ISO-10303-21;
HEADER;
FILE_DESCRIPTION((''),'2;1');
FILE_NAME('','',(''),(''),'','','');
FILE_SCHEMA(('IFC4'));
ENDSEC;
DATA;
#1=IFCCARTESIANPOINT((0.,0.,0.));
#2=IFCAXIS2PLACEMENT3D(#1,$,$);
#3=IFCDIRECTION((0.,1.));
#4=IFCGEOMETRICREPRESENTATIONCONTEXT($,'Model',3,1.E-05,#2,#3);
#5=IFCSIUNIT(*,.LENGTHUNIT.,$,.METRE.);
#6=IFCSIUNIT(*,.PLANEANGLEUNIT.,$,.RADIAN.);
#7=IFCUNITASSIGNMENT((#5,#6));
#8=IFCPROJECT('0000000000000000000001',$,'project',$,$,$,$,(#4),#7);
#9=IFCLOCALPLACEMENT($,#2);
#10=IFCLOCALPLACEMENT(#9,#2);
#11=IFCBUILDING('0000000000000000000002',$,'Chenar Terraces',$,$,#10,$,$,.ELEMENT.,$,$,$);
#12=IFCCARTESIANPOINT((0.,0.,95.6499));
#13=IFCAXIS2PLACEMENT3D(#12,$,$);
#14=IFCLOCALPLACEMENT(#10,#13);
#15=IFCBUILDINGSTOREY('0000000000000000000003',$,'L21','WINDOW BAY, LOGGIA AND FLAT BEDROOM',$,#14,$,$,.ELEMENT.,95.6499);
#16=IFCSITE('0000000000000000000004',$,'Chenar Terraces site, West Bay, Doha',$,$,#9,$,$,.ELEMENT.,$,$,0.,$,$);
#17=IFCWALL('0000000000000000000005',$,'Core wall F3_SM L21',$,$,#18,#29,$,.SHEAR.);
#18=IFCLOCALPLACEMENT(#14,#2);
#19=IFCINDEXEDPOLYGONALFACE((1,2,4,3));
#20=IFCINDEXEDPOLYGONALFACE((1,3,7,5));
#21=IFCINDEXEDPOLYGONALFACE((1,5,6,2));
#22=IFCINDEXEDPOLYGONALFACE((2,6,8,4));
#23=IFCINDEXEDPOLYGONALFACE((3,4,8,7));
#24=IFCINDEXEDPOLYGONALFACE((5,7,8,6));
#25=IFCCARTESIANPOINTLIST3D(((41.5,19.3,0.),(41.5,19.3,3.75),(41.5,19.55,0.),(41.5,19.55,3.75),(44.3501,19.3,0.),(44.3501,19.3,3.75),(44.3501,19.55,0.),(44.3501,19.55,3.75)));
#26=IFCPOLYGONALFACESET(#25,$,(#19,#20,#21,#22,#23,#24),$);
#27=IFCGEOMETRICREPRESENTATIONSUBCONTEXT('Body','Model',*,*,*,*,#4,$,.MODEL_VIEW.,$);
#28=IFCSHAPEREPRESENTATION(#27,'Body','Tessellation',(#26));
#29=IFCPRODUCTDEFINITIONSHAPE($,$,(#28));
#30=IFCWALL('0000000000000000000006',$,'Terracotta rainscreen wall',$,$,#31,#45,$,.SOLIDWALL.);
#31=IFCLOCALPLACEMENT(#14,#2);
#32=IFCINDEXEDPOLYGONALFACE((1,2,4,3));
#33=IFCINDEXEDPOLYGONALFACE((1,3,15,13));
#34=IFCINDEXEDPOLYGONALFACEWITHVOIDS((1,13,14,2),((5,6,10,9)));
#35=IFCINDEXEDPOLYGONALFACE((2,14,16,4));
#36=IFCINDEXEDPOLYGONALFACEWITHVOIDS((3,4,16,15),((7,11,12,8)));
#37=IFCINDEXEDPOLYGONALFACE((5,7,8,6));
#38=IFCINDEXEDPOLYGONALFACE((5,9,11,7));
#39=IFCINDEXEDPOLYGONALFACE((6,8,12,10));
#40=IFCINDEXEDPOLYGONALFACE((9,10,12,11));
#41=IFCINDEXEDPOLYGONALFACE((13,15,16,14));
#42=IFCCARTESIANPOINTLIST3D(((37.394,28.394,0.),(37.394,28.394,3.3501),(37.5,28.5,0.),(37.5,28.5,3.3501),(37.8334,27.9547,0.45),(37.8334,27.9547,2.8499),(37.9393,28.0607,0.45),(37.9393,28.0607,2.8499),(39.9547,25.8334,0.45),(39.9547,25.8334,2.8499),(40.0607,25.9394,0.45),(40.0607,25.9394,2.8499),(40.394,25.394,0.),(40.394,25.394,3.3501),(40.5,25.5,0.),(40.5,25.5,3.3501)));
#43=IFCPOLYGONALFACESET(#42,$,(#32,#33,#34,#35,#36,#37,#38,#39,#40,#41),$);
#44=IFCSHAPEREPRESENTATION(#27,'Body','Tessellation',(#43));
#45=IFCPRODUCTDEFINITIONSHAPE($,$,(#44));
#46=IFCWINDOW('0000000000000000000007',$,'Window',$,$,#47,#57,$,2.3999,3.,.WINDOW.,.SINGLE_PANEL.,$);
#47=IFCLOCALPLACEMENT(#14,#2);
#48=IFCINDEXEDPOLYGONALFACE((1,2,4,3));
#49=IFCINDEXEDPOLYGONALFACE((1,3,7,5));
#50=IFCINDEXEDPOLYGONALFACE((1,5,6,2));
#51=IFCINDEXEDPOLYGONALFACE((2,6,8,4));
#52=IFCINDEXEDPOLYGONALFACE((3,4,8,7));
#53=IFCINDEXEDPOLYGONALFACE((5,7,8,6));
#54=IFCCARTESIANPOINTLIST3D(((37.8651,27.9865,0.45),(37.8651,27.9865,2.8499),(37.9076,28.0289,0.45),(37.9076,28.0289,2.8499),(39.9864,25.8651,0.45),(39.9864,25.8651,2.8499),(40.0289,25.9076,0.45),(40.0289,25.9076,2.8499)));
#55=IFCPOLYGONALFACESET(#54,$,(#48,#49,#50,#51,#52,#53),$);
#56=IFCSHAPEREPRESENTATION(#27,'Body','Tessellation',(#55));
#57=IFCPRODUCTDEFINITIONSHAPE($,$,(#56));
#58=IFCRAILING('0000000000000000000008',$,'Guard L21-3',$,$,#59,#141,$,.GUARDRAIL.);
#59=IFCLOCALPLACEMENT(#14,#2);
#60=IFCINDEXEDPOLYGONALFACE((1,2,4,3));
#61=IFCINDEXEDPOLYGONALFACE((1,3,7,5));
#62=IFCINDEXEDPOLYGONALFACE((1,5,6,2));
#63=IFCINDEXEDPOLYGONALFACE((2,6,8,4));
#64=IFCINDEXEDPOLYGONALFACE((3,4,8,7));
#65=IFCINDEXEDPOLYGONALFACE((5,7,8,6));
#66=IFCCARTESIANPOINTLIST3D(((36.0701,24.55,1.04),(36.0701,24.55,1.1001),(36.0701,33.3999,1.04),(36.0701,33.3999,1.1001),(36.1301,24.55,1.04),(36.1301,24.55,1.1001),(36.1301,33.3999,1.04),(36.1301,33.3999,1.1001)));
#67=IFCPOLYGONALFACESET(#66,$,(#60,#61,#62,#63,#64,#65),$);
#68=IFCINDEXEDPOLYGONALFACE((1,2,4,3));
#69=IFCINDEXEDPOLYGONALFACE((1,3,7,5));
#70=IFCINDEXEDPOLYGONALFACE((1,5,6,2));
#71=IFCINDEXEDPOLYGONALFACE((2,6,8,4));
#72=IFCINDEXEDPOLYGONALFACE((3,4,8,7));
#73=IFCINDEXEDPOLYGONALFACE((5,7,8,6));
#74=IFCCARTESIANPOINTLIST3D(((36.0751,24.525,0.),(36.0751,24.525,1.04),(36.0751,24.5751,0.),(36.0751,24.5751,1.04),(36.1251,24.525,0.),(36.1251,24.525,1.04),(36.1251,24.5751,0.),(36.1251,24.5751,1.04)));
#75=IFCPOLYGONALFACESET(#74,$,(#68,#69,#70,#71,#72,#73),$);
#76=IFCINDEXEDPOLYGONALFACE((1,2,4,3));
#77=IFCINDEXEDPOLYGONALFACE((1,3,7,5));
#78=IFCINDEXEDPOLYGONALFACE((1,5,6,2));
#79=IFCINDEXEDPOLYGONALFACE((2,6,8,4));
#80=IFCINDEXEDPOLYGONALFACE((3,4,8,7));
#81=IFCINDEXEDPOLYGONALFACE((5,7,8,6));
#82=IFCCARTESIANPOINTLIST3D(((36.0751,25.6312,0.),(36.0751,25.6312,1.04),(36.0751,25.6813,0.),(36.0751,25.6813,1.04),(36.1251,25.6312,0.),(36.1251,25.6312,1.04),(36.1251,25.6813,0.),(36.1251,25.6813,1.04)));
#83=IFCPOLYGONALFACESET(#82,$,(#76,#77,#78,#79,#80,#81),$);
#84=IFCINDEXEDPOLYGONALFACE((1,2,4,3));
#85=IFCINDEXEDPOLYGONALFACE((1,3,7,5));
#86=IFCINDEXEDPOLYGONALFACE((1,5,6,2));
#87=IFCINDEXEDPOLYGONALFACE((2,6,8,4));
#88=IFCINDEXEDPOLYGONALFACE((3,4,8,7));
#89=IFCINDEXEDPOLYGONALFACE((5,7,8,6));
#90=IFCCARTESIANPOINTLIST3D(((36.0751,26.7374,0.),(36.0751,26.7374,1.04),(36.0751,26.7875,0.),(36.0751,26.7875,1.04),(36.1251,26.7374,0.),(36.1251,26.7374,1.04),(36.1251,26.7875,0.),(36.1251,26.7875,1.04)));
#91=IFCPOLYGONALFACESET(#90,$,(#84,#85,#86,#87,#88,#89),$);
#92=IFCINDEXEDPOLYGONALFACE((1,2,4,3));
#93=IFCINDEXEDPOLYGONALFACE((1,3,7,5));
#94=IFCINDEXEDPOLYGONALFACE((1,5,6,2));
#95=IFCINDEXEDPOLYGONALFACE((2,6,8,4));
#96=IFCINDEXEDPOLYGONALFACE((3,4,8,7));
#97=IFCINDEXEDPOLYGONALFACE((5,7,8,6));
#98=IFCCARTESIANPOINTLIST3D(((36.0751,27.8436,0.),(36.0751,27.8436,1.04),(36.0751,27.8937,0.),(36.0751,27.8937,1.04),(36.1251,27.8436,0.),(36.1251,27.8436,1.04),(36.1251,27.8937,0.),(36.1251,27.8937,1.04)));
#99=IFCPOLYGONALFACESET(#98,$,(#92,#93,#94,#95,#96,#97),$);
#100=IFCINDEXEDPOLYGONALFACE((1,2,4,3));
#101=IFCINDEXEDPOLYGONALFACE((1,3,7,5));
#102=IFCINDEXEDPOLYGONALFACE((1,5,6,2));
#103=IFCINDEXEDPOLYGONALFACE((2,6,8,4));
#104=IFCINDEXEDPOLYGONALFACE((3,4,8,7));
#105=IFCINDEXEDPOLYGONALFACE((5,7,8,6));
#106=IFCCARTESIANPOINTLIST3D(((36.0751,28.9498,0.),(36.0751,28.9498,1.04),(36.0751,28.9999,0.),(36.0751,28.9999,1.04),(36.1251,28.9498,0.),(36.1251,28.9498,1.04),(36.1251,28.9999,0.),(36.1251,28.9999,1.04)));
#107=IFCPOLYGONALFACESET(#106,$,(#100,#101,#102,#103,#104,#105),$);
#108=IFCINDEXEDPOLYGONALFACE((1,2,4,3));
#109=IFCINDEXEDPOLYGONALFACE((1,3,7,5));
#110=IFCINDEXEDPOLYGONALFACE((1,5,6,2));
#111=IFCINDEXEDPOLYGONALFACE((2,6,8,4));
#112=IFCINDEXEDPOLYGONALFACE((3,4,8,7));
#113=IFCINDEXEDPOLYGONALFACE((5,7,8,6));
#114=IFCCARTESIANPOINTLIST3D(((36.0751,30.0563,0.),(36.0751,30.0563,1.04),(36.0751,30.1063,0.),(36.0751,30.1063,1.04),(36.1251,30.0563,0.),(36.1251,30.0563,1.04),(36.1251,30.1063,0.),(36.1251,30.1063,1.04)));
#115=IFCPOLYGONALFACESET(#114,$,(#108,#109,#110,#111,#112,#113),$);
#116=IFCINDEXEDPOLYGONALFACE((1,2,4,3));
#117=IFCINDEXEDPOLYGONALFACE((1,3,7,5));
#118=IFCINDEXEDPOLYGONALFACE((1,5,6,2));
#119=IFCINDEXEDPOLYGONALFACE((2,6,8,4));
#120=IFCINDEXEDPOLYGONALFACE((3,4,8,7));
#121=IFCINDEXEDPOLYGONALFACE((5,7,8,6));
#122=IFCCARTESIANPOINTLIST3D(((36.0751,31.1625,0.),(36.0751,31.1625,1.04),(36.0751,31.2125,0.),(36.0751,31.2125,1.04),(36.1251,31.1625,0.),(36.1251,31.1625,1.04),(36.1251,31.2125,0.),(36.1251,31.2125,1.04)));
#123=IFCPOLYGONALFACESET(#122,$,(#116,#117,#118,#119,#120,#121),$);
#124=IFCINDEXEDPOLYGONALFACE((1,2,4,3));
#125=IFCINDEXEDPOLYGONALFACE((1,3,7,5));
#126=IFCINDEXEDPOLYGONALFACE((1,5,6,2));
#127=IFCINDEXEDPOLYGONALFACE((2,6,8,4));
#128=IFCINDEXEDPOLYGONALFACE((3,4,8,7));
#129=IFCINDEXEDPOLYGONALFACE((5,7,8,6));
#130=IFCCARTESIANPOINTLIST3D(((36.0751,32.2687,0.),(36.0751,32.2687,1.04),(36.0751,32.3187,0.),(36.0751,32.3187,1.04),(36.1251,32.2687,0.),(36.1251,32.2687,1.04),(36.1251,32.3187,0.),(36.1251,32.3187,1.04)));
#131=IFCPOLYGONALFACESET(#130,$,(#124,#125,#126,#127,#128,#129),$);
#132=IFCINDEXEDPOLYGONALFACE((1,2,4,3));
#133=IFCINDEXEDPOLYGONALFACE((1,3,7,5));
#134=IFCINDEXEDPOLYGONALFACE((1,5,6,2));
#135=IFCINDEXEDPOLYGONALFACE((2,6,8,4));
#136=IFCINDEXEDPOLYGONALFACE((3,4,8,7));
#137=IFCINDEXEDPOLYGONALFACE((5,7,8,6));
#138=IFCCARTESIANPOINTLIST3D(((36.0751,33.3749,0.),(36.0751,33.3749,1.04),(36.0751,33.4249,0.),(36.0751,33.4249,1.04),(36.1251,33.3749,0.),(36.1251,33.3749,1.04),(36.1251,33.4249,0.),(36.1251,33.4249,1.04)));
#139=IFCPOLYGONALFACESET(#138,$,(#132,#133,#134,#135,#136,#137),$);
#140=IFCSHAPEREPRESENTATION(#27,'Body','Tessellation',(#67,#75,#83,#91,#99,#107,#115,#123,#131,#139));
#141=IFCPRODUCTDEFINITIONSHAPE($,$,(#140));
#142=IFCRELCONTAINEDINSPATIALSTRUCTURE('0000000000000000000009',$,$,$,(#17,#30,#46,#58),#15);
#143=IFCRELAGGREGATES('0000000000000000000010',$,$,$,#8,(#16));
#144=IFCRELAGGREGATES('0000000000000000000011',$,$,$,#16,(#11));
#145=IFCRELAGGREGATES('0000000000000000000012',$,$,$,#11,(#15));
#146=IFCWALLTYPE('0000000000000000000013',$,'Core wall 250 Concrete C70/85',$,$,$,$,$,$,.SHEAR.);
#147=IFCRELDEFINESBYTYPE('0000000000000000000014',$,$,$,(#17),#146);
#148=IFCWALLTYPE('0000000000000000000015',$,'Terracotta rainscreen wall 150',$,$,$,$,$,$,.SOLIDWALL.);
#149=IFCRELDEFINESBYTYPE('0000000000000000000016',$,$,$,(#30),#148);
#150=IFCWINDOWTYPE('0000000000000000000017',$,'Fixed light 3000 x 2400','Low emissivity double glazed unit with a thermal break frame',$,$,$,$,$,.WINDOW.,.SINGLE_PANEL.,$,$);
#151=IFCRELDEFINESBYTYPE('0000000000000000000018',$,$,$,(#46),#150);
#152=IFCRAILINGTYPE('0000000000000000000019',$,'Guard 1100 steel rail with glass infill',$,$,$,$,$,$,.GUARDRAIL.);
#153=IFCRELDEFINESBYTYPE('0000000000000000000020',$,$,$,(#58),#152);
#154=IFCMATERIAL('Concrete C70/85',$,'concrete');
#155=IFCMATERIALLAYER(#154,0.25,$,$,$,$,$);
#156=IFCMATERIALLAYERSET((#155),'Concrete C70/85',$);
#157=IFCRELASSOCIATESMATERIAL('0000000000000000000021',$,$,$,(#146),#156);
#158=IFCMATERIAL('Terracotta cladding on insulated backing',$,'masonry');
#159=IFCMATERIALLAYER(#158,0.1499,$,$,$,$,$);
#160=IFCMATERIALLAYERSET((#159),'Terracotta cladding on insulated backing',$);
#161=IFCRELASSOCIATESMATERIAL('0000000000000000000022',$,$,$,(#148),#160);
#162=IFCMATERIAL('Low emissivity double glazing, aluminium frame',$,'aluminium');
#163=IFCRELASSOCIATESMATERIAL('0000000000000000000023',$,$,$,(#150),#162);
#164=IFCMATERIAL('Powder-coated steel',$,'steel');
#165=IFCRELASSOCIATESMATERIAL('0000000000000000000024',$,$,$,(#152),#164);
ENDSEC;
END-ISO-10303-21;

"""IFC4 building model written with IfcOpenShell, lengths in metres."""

from ifc_helpers import new_model, si_unit, direction, frame, frame_2d, origin, origin_2d, place, context, subcontext, project, spatial, rectangle, extrude, material, layer, layer_set, type_object, element, fill, save


model = new_model("IFC4")

# Units and contexts
model_context = context("Model", 3, precision=1e-05, world=origin(), true_north=direction((0.0, 1.0)))
body_context = subcontext(model_context, "Body", "Model", "MODEL_VIEW")
ifc_project = project(units=[si_unit("LENGTHUNIT", "METRE"), si_unit("PLANEANGLEUNIT", "RADIAN")], contexts=[model_context])

# Site, building, storey
site_placement = place(None, origin())
site = spatial("IfcSite", under=ifc_project, at=site_placement, Name="Chenar Terraces site, West Bay, Doha", CompositionType="ELEMENT", RefElevation=0.0)
building_placement = place(site_placement, origin())
building = spatial("IfcBuilding", under=site, at=building_placement, Name="Chenar Terraces", CompositionType="ELEMENT")
storey_placement = place(building_placement, frame((0.0, 0.0, 95.6499)))
storey = spatial("IfcBuildingStorey", under=building, at=storey_placement, Name="L21", Description="WINDOW BAY, LOGGIA AND FLAT BEDROOM", CompositionType="ELEMENT", Elevation=95.6499)

# Wall
ifc_material_1 = material(Name="Concrete C70/85", Category="concrete")
ifc_layer_1 = layer(ifc_material_1, 0.25)
ifc_layer_set_1 = layer_set([ifc_layer_1], Name="Concrete C70/85")
wall_type_1 = type_object("IfcWallType", Name="Core wall 250 Concrete C70/85", PredefinedType="SHEAR", material=ifc_layer_set_1)
for number, where, z_axis, x_axis, name in (
    (1, (41.5, 19.425, 0.0), (0.0, 0.0, 1.0), (1.0, 0.0, 0.0), "Core wall F3_SM L21"),
):
    element("IfcWall", number, at=place(storey_placement, frame(where, z_axis=z_axis, x_axis=x_axis)), inside=storey, type_object=wall_type_1, Name=name, PredefinedType="SHEAR", context=body_context, shape_type="SweptSolid", body=[
        extrude(rectangle(XDim=2.8501, YDim=0.25, at=frame_2d((1.425, 0.0))), origin(), (0.0, 0.0, 1.0), 3.75),
    ])

# Wall, opening, window
ifc_material_2 = material(Name="Terracotta cladding on insulated backing", Category="masonry")
ifc_layer_2 = layer(ifc_material_2, 0.1499)
ifc_layer_set_2 = layer_set([ifc_layer_2], Name="Terracotta cladding on insulated backing")
wall_type_2 = type_object("IfcWallType", Name="Terracotta rainscreen wall 150", PredefinedType="SOLIDWALL", material=ifc_layer_set_2)
wall_placement = place(storey_placement, frame((40.447, 25.447, 0.0), z_axis=(0.0, 0.0, 1.0), x_axis=(-0.707107, 0.707107, 0.0)))
wall = element("IfcWall", 2, at=wall_placement, inside=storey, type_object=wall_type_2, Name="Terracotta rainscreen wall", PredefinedType="SOLIDWALL", context=body_context, shape_type="SweptSolid", body=[
    extrude(rectangle(XDim=4.2427, YDim=0.1499, at=frame_2d((2.1213, 0.0))), origin(), (0.0, 0.0, 1.0), 3.3501),
])
opening_placement = place(wall_placement, frame((0.6213, 0.0, 0.45)))
opening = element("IfcOpeningElement", 3, at=opening_placement, cuts=wall, PredefinedType="OPENING", context=body_context, shape_type="SweptSolid", body=[
    extrude(rectangle(XDim=3.0, YDim=2.3999, at=frame_2d((1.5, 1.2))), frame((0.0, 0.085, 0.0), z_axis=(0.0, -1.0, 0.0), x_axis=(1.0, 0.0, 0.0)), (0.0, 0.0, 1.0), 0.1699),
])
ifc_material_3 = material(Name="Low emissivity double glazing, aluminium frame", Category="aluminium")
window_type = type_object("IfcWindowType", Name="Fixed light 3000 x 2400", Description="Low emissivity double glazed unit with a thermal break frame", PartitioningType="SINGLE_PANEL", PredefinedType="WINDOW", material=ifc_material_3)
window_placement = place(opening_placement, origin())
window = element("IfcWindow", 4, at=window_placement, inside=storey, type_object=window_type, Name="Window", OverallHeight=2.3999, OverallWidth=3.0, PartitioningType="SINGLE_PANEL", PredefinedType="WINDOW", context=body_context, shape_type="SweptSolid", body=[
    extrude(rectangle(XDim=3.0, YDim=2.3999, at=frame_2d((1.5, 1.2))), frame((0.0, 0.03, 0.0), z_axis=(0.0, -1.0, 0.0), x_axis=(1.0, 0.0, 0.0)), (0.0, 0.0, 1.0), 0.0601),
])
fill(opening, window)

# Railing
ifc_material_4 = material(Name="Powder-coated steel", Category="steel")
railing_type = type_object("IfcRailingType", Name="Guard 1100 steel rail with glass infill", PredefinedType="GUARDRAIL", material=ifc_material_4)
railing_placement = place(storey_placement, frame((36.1001, 24.55, 0.0)))
element("IfcRailing", 5, at=railing_placement, inside=storey, type_object=railing_type, Name="Guard L21-3", PredefinedType="GUARDRAIL", context=body_context, shape_type="SweptSolid", body=[
    extrude(rectangle(XDim=0.0601, YDim=0.0601, at=origin_2d()), frame((0.0, 0.0, 1.0701), z_axis=(0.0, 1.0, 0.0), x_axis=(-1.0, 0.0, 0.0)), (0.0, 0.0, 1.0), 8.8499),
    extrude(rectangle(XDim=0.05, YDim=0.05, at=origin_2d()), origin(), (0.0, 0.0, 1.0), 1.04),
    extrude(rectangle(XDim=0.05, YDim=0.05, at=origin_2d()), frame((0.0, 1.1062, 0.0)), (0.0, 0.0, 1.0), 1.04),
    extrude(rectangle(XDim=0.05, YDim=0.05, at=origin_2d()), frame((0.0, 2.2124, 0.0)), (0.0, 0.0, 1.0), 1.04),
    extrude(rectangle(XDim=0.05, YDim=0.05, at=origin_2d()), frame((0.0, 3.3186, 0.0)), (0.0, 0.0, 1.0), 1.04),
    extrude(rectangle(XDim=0.05, YDim=0.05, at=origin_2d()), frame((0.0, 4.4248, 0.0)), (0.0, 0.0, 1.0), 1.04),
    extrude(rectangle(XDim=0.05, YDim=0.05, at=origin_2d()), frame((0.0, 5.5312, 0.0)), (0.0, 0.0, 1.0), 1.04),
    extrude(rectangle(XDim=0.05, YDim=0.05, at=origin_2d()), frame((0.0, 6.6375, 0.0)), (0.0, 0.0, 1.0), 1.04),
    extrude(rectangle(XDim=0.05, YDim=0.05, at=origin_2d()), frame((0.0, 7.7437, 0.0)), (0.0, 0.0, 1.0), 1.04),
    extrude(rectangle(XDim=0.05, YDim=0.05, at=origin_2d()), frame((0.0, 8.8499, 0.0)), (0.0, 0.0, 1.0), 1.04),
])

save(model, "model.ifc")
